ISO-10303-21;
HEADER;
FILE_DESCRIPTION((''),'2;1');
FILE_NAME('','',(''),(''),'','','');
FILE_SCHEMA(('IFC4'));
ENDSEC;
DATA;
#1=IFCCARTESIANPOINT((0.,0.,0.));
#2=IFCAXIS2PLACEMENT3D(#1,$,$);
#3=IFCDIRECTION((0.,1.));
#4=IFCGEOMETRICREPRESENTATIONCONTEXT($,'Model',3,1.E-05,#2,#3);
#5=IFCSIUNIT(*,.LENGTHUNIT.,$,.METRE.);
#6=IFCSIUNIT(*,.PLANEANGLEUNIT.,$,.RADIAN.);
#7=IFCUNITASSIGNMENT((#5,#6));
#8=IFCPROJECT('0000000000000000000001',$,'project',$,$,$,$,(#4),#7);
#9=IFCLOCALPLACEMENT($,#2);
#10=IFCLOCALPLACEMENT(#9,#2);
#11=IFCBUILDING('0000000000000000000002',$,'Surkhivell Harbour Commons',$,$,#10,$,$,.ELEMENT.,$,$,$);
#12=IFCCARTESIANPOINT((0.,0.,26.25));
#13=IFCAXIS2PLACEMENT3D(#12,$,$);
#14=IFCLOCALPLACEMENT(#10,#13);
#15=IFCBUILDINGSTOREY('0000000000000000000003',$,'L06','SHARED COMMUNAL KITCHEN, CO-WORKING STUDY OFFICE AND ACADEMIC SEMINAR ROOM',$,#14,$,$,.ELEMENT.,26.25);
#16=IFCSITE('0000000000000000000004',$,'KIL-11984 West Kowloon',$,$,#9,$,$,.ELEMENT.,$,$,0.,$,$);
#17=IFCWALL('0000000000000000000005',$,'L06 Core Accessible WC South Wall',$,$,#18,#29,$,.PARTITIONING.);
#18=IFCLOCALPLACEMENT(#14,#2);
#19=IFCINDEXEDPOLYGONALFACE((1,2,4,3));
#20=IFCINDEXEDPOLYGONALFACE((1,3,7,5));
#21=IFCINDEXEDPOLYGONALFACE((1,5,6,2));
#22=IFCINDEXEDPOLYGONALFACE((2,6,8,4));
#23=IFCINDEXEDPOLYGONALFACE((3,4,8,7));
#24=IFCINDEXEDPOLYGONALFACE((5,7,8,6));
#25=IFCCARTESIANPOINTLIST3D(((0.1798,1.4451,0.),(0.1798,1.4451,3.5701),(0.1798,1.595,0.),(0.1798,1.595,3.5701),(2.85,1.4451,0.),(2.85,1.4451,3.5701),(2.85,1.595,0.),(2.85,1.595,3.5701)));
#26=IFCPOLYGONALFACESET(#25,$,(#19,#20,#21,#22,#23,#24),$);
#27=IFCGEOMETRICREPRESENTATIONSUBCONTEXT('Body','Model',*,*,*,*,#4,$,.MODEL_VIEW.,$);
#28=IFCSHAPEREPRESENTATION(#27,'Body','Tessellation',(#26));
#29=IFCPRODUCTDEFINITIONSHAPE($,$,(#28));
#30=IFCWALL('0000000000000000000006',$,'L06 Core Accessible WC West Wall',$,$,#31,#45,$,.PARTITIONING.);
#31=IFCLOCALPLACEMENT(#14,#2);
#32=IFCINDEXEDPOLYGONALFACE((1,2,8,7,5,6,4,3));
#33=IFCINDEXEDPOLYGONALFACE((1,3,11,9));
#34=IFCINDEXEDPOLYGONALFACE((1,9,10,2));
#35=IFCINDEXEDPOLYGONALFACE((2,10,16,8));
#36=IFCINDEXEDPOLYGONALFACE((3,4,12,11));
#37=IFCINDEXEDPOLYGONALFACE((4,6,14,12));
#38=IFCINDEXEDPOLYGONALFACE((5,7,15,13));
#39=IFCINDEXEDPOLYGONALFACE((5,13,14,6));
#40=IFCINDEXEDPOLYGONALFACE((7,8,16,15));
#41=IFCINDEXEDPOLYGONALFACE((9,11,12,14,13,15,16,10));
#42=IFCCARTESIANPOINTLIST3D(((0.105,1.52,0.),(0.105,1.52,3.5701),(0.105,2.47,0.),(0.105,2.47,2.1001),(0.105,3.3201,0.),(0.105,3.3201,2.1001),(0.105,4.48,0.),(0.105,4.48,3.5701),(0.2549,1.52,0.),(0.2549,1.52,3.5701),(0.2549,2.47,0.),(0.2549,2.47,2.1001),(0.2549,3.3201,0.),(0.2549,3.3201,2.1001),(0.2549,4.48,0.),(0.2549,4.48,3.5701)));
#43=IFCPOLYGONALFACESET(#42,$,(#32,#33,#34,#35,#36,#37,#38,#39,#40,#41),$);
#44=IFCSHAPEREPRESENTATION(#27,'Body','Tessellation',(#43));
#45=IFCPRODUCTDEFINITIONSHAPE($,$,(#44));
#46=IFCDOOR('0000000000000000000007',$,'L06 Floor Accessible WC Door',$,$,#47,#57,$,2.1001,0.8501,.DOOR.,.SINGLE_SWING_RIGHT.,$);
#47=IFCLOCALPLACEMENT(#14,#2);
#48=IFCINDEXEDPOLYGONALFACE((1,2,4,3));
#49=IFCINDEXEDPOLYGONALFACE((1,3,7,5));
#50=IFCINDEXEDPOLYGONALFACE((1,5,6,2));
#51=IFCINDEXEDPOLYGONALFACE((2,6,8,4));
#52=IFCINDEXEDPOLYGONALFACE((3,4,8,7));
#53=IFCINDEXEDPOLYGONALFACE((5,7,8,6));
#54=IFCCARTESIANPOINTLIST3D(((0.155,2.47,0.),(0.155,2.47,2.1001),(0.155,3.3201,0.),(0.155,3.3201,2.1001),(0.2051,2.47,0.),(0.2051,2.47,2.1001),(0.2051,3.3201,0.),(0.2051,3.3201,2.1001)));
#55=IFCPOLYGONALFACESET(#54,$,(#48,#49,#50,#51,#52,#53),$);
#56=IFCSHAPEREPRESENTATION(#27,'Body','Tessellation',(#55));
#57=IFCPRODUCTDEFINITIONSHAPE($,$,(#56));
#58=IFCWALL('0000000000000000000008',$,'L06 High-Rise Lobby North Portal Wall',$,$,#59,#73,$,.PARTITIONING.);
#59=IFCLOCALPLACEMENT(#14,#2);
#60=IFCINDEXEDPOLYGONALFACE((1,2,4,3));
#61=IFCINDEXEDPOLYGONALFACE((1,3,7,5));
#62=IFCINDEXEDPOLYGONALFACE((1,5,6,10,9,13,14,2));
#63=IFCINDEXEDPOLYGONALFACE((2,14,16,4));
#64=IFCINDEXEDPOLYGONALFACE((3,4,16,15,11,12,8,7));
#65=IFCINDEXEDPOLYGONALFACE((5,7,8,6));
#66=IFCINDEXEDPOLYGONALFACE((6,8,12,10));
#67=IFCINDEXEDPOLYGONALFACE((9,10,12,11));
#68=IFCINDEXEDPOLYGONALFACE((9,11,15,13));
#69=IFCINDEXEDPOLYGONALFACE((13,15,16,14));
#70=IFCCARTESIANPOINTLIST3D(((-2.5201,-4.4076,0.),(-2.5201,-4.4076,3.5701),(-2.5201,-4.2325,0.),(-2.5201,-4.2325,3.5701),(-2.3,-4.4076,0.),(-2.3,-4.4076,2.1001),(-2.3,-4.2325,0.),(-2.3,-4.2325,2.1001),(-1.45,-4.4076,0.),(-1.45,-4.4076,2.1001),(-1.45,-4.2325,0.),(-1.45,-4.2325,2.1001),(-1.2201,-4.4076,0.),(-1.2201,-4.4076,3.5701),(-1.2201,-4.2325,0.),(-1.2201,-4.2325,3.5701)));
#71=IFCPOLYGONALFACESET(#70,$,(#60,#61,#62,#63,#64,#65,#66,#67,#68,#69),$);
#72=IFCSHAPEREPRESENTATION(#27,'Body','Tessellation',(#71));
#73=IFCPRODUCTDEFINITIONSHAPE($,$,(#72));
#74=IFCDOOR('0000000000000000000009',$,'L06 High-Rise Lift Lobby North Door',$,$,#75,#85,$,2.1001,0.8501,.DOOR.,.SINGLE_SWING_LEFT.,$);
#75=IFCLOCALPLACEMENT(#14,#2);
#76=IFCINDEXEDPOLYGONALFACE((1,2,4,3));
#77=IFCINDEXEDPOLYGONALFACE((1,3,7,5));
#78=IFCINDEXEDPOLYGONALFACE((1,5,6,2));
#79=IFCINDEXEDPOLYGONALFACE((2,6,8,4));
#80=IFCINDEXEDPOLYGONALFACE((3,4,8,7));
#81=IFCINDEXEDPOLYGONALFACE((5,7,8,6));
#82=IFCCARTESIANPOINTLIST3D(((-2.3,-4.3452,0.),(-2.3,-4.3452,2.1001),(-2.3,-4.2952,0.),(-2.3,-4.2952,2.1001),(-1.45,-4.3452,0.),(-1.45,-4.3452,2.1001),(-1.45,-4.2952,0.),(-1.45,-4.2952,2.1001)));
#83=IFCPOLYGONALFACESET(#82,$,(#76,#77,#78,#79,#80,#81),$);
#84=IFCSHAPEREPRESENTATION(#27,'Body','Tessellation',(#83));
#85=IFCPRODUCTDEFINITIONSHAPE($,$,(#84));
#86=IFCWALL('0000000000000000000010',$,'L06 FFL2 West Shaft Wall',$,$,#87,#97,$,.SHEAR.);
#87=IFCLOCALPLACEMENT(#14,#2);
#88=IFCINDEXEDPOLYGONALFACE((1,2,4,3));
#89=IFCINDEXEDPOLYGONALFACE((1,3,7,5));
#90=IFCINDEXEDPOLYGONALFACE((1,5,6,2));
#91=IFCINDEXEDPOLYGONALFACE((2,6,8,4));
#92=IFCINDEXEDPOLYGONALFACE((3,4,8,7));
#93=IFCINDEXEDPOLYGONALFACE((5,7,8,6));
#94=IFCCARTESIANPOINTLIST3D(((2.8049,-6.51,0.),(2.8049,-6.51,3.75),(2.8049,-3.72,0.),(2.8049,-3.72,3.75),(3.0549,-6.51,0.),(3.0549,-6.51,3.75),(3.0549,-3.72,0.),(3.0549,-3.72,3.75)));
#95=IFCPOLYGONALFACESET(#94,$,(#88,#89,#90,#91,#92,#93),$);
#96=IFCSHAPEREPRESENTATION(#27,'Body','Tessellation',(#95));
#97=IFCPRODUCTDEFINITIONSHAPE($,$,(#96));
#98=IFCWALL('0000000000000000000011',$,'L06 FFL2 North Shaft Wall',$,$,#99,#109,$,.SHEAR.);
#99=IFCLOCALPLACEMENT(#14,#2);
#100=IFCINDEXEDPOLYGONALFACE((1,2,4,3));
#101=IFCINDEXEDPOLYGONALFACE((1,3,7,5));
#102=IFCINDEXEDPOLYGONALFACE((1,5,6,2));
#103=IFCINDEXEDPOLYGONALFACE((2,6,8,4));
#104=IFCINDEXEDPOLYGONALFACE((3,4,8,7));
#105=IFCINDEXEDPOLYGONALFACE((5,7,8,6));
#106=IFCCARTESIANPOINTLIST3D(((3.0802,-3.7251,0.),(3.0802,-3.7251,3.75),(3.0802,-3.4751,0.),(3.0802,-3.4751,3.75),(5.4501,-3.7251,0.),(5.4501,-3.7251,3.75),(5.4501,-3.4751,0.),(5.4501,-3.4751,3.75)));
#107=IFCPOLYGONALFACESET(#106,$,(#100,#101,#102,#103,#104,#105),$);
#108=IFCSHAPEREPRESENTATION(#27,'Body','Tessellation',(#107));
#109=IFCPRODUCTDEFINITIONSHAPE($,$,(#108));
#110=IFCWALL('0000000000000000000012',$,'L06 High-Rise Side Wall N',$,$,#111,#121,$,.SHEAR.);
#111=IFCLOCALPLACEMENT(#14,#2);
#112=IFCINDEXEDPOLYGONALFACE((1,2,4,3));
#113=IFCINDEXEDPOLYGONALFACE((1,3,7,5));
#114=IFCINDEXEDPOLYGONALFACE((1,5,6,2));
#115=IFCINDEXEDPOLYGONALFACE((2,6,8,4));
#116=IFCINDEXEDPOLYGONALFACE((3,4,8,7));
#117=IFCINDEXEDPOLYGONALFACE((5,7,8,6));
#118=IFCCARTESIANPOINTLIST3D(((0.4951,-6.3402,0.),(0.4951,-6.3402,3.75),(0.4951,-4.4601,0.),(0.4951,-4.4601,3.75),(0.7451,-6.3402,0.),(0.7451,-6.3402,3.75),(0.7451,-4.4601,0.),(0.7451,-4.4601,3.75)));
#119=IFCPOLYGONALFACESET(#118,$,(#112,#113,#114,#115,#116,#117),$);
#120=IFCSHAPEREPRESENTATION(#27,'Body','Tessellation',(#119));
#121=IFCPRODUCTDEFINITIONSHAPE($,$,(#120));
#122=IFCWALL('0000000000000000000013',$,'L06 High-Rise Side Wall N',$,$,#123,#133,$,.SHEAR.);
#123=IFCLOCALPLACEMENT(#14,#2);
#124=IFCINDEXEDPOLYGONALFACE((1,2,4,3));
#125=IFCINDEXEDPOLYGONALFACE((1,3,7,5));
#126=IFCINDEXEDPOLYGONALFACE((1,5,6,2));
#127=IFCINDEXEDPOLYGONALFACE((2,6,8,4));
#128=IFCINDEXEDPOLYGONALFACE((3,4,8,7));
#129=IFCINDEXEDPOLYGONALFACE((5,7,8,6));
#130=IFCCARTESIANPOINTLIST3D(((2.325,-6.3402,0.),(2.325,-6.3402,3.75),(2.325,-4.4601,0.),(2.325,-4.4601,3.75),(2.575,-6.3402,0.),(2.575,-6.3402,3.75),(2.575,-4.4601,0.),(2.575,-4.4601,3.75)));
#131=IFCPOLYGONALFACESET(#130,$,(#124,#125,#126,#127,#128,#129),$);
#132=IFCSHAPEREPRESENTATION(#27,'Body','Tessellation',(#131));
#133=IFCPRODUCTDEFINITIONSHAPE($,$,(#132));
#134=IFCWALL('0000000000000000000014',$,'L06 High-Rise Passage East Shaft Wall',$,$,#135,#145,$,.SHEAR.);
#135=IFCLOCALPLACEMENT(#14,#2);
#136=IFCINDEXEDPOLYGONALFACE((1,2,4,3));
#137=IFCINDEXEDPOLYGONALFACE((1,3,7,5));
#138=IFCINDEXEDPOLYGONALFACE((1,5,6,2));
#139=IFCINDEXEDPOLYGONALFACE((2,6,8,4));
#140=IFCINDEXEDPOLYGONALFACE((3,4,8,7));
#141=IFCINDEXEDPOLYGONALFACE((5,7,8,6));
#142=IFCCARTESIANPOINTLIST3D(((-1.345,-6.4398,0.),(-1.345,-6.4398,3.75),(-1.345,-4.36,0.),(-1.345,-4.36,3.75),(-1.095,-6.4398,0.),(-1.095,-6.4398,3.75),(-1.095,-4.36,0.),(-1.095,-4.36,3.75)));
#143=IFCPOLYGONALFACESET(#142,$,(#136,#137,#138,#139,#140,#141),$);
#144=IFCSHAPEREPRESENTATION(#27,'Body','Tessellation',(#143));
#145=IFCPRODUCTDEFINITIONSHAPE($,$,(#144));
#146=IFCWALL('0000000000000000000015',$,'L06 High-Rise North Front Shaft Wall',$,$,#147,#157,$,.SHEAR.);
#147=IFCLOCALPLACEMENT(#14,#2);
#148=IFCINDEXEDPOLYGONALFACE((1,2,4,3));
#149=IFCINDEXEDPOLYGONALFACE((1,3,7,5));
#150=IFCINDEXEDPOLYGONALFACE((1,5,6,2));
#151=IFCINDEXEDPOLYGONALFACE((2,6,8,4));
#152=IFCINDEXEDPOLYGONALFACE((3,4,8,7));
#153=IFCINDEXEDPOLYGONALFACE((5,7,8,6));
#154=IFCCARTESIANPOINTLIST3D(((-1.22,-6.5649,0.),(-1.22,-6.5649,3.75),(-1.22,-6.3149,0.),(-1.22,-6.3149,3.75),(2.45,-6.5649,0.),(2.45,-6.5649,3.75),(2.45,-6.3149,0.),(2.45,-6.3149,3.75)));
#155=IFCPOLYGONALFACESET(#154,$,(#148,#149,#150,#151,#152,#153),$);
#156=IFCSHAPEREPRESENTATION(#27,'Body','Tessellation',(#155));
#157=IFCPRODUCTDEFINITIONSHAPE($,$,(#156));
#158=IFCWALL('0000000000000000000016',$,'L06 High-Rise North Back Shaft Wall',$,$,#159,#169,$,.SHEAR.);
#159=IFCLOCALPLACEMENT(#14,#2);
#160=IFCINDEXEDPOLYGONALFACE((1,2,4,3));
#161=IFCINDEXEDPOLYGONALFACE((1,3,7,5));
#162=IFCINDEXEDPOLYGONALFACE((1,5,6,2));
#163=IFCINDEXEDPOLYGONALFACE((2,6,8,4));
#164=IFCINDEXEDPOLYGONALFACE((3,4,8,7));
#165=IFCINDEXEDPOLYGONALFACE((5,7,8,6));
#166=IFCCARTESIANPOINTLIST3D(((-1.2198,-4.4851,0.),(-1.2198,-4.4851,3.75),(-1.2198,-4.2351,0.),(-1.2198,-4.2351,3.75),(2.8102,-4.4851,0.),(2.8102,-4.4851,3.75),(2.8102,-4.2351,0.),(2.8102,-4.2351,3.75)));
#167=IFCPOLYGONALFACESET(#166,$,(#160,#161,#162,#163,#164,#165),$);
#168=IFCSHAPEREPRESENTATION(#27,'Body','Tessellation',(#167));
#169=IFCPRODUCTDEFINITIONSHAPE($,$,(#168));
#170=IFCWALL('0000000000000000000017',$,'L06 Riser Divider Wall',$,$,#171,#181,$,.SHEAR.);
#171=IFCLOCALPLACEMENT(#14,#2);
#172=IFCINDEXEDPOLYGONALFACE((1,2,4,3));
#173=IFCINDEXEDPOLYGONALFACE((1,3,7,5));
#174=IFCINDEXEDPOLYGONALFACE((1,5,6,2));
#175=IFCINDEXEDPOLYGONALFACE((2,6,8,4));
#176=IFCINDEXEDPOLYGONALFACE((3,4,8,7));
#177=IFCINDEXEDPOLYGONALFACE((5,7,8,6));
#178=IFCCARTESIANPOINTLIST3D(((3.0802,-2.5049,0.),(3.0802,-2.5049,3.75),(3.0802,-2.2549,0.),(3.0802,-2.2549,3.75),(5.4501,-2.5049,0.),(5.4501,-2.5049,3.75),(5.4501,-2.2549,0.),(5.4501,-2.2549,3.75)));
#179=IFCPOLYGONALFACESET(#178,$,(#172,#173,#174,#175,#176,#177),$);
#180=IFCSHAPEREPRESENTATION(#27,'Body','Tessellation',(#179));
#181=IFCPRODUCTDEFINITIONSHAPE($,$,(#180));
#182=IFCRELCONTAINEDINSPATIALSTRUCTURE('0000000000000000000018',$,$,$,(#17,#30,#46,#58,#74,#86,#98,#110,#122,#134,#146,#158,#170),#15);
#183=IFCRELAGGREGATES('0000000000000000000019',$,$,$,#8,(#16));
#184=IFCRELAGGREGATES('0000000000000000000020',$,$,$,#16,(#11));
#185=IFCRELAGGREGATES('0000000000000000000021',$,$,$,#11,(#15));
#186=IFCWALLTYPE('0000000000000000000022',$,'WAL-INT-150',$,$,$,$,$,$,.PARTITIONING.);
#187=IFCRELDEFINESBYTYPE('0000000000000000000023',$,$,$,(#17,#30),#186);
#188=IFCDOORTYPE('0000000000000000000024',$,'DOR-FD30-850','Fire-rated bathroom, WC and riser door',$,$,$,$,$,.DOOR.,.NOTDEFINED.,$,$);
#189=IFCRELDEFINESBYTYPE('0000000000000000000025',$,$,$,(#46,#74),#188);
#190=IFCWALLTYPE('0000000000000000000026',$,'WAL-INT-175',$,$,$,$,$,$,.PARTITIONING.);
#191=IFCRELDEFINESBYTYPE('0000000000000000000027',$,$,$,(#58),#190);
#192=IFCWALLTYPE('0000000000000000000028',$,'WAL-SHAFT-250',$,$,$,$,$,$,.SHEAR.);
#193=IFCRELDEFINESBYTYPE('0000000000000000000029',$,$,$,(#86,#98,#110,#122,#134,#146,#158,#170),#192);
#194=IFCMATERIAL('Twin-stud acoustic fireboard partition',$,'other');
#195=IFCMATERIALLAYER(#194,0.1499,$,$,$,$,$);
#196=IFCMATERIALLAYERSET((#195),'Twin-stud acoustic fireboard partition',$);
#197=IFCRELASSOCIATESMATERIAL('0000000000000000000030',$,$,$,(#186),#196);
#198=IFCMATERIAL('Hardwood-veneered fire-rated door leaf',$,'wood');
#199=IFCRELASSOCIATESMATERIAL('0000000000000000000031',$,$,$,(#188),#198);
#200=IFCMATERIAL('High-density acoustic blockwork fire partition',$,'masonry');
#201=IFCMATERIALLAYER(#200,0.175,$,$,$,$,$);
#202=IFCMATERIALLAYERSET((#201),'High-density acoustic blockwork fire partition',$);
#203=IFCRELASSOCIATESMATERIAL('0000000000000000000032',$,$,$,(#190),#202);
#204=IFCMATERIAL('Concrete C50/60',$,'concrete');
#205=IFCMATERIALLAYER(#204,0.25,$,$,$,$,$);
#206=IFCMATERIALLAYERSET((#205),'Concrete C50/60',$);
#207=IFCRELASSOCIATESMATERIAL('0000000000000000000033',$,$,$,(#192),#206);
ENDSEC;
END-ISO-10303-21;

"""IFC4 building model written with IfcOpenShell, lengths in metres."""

from ifc_helpers import new_model, si_unit, direction, frame, frame_2d, origin, place, context, subcontext, project, spatial, rectangle, extrude, material, layer, layer_set, type_object, element, fill, save


model = new_model("IFC4")

# Units and contexts
model_context = context("Model", 3, precision=1e-05, world=origin(), true_north=direction((0.0, 1.0)))
body_context = subcontext(model_context, "Body", "Model", "MODEL_VIEW")
ifc_project = project(units=[si_unit("LENGTHUNIT", "METRE"), si_unit("PLANEANGLEUNIT", "RADIAN")], contexts=[model_context])

# Site, building, storey
site_placement = place(None, origin())
site = spatial("IfcSite", under=ifc_project, at=site_placement, Name="KIL-11984 West Kowloon", CompositionType="ELEMENT", RefElevation=0.0)
building_placement = place(site_placement, origin())
building = spatial("IfcBuilding", under=site, at=building_placement, Name="Surkhivell Harbour Commons", CompositionType="ELEMENT")
storey_placement = place(building_placement, frame((0.0, 0.0, 26.25)))
storey = spatial("IfcBuildingStorey", under=building, at=storey_placement, Name="L06", Description="SHARED COMMUNAL KITCHEN, CO-WORKING STUDY OFFICE AND ACADEMIC SEMINAR ROOM", CompositionType="ELEMENT", Elevation=26.25)

# Wall
ifc_material_1 = material(Name="Twin-stud acoustic fireboard partition", Category="other")
ifc_layer_1 = layer(ifc_material_1, 0.1499)
ifc_layer_set_1 = layer_set([ifc_layer_1], Name="Twin-stud acoustic fireboard partition")
wall_type_1 = type_object("IfcWallType", Name="WAL-INT-150", PredefinedType="PARTITIONING", material=ifc_layer_set_1)
wall_1_placement = place(storey_placement, frame((0.1799, 1.52, 0.0), z_axis=(0.0, 0.0, 1.0), x_axis=(1.0, 0.0, 0.0)))
element("IfcWall", 1, at=wall_1_placement, inside=storey, type_object=wall_type_1, Name="L06 Core Accessible WC South Wall", PredefinedType="PARTITIONING", context=body_context, shape_type="SweptSolid", body=[
    extrude(rectangle(XDim=2.6702, YDim=0.1499, at=frame_2d((1.335, 0.0))), origin(), (0.0, 0.0, 1.0), 3.5701),
])

# Walls, openings, doors
wall_2_placement = place(storey_placement, frame((0.1799, 1.52, 0.0), z_axis=(0.0, 0.0, 1.0), x_axis=(0.0, 1.0, 0.0)))
wall_2 = element("IfcWall", 2, at=wall_2_placement, inside=storey, type_object=wall_type_1, Name="L06 Core Accessible WC West Wall", PredefinedType="PARTITIONING", context=body_context, shape_type="SweptSolid", body=[
    extrude(rectangle(XDim=2.96, YDim=0.1499, at=frame_2d((1.48, 0.0))), origin(), (0.0, 0.0, 1.0), 3.5701),
])
opening_1_placement = place(wall_2_placement, frame((0.95, 0.0, 0.0)))
opening_1 = element("IfcOpeningElement", 3, at=opening_1_placement, cuts=wall_2, PredefinedType="OPENING", context=body_context, shape_type="SweptSolid", body=[
    extrude(rectangle(XDim=0.8501, YDim=2.1001, at=frame_2d((0.425, 1.05))), frame((0.0, 0.085, 0.0), z_axis=(0.0, -1.0, 0.0), x_axis=(1.0, 0.0, 0.0)), (0.0, 0.0, 1.0), 0.1699),
])
ifc_material_2 = material(Name="Hardwood-veneered fire-rated door leaf", Category="wood")
door_type_1 = type_object("IfcDoorType", Name="DOR-FD30-850", Description="Fire-rated bathroom, WC and riser door", OperationType="NOTDEFINED", PredefinedType="DOOR", material=ifc_material_2)
door_1_placement = place(opening_1_placement, origin())
door_1 = element("IfcDoor", 4, at=door_1_placement, inside=storey, type_object=door_type_1, Name="L06 Floor Accessible WC Door", OperationType="SINGLE_SWING_RIGHT", OverallHeight=2.1001, OverallWidth=0.8501, PredefinedType="DOOR", context=body_context, shape_type="SweptSolid", body=[
    extrude(rectangle(XDim=0.8501, YDim=2.1001, at=frame_2d((0.425, 1.05))), frame((0.0, 0.0249, 0.0), z_axis=(0.0, -1.0, 0.0), x_axis=(1.0, 0.0, 0.0)), (0.0, 0.0, 1.0), 0.05),
])
fill(opening_1, door_1)
ifc_material_3 = material(Name="High-density acoustic blockwork fire partition", Category="masonry")
ifc_layer_2 = layer(ifc_material_3, 0.175)
ifc_layer_set_2 = layer_set([ifc_layer_2], Name="High-density acoustic blockwork fire partition")
wall_type_2 = type_object("IfcWallType", Name="WAL-INT-175", PredefinedType="PARTITIONING", material=ifc_layer_set_2)
wall_3_placement = place(storey_placement, frame((-2.52, -4.3201, 0.0), z_axis=(0.0, 0.0, 1.0), x_axis=(1.0, 0.0, 0.0)))
wall_3 = element("IfcWall", 5, at=wall_3_placement, inside=storey, type_object=wall_type_2, Name="L06 High-Rise Lobby North Portal Wall", PredefinedType="PARTITIONING", context=body_context, shape_type="SweptSolid", body=[
    extrude(rectangle(XDim=1.3, YDim=0.175, at=frame_2d((0.6499, 0.0))), origin(), (0.0, 0.0, 1.0), 3.5701),
])
opening_2_placement = place(wall_3_placement, frame((0.22, 0.0, 0.0)))
opening_2 = element("IfcOpeningElement", 6, at=opening_2_placement, cuts=wall_3, PredefinedType="OPENING", context=body_context, shape_type="SweptSolid", body=[
    extrude(rectangle(XDim=0.8501, YDim=2.1001, at=frame_2d((0.425, 1.05))), frame((0.0, 0.0974, 0.0), z_axis=(0.0, -1.0, 0.0), x_axis=(1.0, 0.0, 0.0)), (0.0, 0.0, 1.0), 0.1951),
])
door_2_placement = place(opening_2_placement, origin())
door_2 = element("IfcDoor", 7, at=door_2_placement, inside=storey, type_object=door_type_1, Name="L06 High-Rise Lift Lobby North Door", OperationType="SINGLE_SWING_LEFT", OverallHeight=2.1001, OverallWidth=0.8501, PredefinedType="DOOR", context=body_context, shape_type="SweptSolid", body=[
    extrude(rectangle(XDim=0.8501, YDim=2.1001, at=frame_2d((0.425, 1.05))), frame((0.0, 0.0249, 0.0), z_axis=(0.0, -1.0, 0.0), x_axis=(1.0, 0.0, 0.0)), (0.0, 0.0, 1.0), 0.05),
])
fill(opening_2, door_2)

# Walls
ifc_material_4 = material(Name="Concrete C50/60", Category="concrete")
ifc_layer_3 = layer(ifc_material_4, 0.25)
ifc_layer_set_3 = layer_set([ifc_layer_3], Name="Concrete C50/60")
wall_type_3 = type_object("IfcWallType", Name="WAL-SHAFT-250", PredefinedType="SHEAR", material=ifc_layer_set_3)
wall_4_placement = place(storey_placement, frame((2.9299, -6.51, 0.0), z_axis=(0.0, 0.0, 1.0), x_axis=(0.0, 1.0, 0.0)))
element("IfcWall", 8, at=wall_4_placement, inside=storey, type_object=wall_type_3, Name="L06 FFL2 West Shaft Wall", PredefinedType="SHEAR", context=body_context, shape_type="SweptSolid", body=[
    extrude(rectangle(XDim=2.79, YDim=0.25, at=frame_2d((1.395, 0.0))), origin(), (0.0, 0.0, 1.0), 3.75),
])
wall_5_placement = place(storey_placement, frame((3.0801, -3.6001, 0.0), z_axis=(0.0, 0.0, 1.0), x_axis=(1.0, 0.0, 0.0)))
element("IfcWall", 9, at=wall_5_placement, inside=storey, type_object=wall_type_3, Name="L06 FFL2 North Shaft Wall", PredefinedType="SHEAR", context=body_context, shape_type="SweptSolid", body=[
    extrude(rectangle(XDim=2.3699, YDim=0.25, at=frame_2d((1.1851, 0.0))), origin(), (0.0, 0.0, 1.0), 3.75),
])
for number, where, z_axis, x_axis, name in (
    (10, (0.6201, -6.3401, 0.0), (0.0, 0.0, 1.0), (0.0, 1.0, 0.0), "L06 High-Rise Side Wall N"),
    (11, (2.45, -6.3401, 0.0), (0.0, 0.0, 1.0), (0.0, 1.0, 0.0), "L06 High-Rise Side Wall N"),
):
    element("IfcWall", number, at=place(storey_placement, frame(where, z_axis=z_axis, x_axis=x_axis)), inside=storey, type_object=wall_type_3, Name=name, PredefinedType="SHEAR", context=body_context, shape_type="SweptSolid", body=[
        extrude(rectangle(XDim=1.8801, YDim=0.25, at=frame_2d((0.9399, 0.0))), origin(), (0.0, 0.0, 1.0), 3.75),
    ])
wall_6_placement = place(storey_placement, frame((-1.22, -6.4399, 0.0), z_axis=(0.0, 0.0, 1.0), x_axis=(0.0, 1.0, 0.0)))
element("IfcWall", 12, at=wall_6_placement, inside=storey, type_object=wall_type_3, Name="L06 High-Rise Passage East Shaft Wall", PredefinedType="SHEAR", context=body_context, shape_type="SweptSolid", body=[
    extrude(rectangle(XDim=2.0798, YDim=0.25, at=frame_2d((1.04, 0.0))), origin(), (0.0, 0.0, 1.0), 3.75),
])
wall_7_placement = place(storey_placement, frame((-1.22, -6.4399, 0.0), z_axis=(0.0, 0.0, 1.0), x_axis=(1.0, 0.0, 0.0)))
element("IfcWall", 13, at=wall_7_placement, inside=storey, type_object=wall_type_3, Name="L06 High-Rise North Front Shaft Wall", PredefinedType="SHEAR", context=body_context, shape_type="SweptSolid", body=[
    extrude(rectangle(XDim=3.6699, YDim=0.25, at=frame_2d((1.835, 0.0))), origin(), (0.0, 0.0, 1.0), 3.75),
])
wall_8_placement = place(storey_placement, frame((-1.22, -4.3601, 0.0), z_axis=(0.0, 0.0, 1.0), x_axis=(1.0, 0.0, 0.0)))
element("IfcWall", 14, at=wall_8_placement, inside=storey, type_object=wall_type_3, Name="L06 High-Rise North Back Shaft Wall", PredefinedType="SHEAR", context=body_context, shape_type="SweptSolid", body=[
    extrude(rectangle(XDim=4.03, YDim=0.25, at=frame_2d((2.0151, 0.0))), origin(), (0.0, 0.0, 1.0), 3.75),
])
for number, where, z_axis, x_axis, name in (
    (15, (3.0801, -2.3799, 0.0), (0.0, 0.0, 1.0), (1.0, 0.0, 0.0), "L06 Riser Divider Wall"),
):
    element("IfcWall", number, at=place(storey_placement, frame(where, z_axis=z_axis, x_axis=x_axis)), inside=storey, type_object=wall_type_3, Name=name, PredefinedType="SHEAR", context=body_context, shape_type="SweptSolid", body=[
        extrude(rectangle(XDim=2.3699, YDim=0.25, at=frame_2d((1.1851, 0.0))), origin(), (0.0, 0.0, 1.0), 3.75),
    ])

save(model, "model.ifc")
